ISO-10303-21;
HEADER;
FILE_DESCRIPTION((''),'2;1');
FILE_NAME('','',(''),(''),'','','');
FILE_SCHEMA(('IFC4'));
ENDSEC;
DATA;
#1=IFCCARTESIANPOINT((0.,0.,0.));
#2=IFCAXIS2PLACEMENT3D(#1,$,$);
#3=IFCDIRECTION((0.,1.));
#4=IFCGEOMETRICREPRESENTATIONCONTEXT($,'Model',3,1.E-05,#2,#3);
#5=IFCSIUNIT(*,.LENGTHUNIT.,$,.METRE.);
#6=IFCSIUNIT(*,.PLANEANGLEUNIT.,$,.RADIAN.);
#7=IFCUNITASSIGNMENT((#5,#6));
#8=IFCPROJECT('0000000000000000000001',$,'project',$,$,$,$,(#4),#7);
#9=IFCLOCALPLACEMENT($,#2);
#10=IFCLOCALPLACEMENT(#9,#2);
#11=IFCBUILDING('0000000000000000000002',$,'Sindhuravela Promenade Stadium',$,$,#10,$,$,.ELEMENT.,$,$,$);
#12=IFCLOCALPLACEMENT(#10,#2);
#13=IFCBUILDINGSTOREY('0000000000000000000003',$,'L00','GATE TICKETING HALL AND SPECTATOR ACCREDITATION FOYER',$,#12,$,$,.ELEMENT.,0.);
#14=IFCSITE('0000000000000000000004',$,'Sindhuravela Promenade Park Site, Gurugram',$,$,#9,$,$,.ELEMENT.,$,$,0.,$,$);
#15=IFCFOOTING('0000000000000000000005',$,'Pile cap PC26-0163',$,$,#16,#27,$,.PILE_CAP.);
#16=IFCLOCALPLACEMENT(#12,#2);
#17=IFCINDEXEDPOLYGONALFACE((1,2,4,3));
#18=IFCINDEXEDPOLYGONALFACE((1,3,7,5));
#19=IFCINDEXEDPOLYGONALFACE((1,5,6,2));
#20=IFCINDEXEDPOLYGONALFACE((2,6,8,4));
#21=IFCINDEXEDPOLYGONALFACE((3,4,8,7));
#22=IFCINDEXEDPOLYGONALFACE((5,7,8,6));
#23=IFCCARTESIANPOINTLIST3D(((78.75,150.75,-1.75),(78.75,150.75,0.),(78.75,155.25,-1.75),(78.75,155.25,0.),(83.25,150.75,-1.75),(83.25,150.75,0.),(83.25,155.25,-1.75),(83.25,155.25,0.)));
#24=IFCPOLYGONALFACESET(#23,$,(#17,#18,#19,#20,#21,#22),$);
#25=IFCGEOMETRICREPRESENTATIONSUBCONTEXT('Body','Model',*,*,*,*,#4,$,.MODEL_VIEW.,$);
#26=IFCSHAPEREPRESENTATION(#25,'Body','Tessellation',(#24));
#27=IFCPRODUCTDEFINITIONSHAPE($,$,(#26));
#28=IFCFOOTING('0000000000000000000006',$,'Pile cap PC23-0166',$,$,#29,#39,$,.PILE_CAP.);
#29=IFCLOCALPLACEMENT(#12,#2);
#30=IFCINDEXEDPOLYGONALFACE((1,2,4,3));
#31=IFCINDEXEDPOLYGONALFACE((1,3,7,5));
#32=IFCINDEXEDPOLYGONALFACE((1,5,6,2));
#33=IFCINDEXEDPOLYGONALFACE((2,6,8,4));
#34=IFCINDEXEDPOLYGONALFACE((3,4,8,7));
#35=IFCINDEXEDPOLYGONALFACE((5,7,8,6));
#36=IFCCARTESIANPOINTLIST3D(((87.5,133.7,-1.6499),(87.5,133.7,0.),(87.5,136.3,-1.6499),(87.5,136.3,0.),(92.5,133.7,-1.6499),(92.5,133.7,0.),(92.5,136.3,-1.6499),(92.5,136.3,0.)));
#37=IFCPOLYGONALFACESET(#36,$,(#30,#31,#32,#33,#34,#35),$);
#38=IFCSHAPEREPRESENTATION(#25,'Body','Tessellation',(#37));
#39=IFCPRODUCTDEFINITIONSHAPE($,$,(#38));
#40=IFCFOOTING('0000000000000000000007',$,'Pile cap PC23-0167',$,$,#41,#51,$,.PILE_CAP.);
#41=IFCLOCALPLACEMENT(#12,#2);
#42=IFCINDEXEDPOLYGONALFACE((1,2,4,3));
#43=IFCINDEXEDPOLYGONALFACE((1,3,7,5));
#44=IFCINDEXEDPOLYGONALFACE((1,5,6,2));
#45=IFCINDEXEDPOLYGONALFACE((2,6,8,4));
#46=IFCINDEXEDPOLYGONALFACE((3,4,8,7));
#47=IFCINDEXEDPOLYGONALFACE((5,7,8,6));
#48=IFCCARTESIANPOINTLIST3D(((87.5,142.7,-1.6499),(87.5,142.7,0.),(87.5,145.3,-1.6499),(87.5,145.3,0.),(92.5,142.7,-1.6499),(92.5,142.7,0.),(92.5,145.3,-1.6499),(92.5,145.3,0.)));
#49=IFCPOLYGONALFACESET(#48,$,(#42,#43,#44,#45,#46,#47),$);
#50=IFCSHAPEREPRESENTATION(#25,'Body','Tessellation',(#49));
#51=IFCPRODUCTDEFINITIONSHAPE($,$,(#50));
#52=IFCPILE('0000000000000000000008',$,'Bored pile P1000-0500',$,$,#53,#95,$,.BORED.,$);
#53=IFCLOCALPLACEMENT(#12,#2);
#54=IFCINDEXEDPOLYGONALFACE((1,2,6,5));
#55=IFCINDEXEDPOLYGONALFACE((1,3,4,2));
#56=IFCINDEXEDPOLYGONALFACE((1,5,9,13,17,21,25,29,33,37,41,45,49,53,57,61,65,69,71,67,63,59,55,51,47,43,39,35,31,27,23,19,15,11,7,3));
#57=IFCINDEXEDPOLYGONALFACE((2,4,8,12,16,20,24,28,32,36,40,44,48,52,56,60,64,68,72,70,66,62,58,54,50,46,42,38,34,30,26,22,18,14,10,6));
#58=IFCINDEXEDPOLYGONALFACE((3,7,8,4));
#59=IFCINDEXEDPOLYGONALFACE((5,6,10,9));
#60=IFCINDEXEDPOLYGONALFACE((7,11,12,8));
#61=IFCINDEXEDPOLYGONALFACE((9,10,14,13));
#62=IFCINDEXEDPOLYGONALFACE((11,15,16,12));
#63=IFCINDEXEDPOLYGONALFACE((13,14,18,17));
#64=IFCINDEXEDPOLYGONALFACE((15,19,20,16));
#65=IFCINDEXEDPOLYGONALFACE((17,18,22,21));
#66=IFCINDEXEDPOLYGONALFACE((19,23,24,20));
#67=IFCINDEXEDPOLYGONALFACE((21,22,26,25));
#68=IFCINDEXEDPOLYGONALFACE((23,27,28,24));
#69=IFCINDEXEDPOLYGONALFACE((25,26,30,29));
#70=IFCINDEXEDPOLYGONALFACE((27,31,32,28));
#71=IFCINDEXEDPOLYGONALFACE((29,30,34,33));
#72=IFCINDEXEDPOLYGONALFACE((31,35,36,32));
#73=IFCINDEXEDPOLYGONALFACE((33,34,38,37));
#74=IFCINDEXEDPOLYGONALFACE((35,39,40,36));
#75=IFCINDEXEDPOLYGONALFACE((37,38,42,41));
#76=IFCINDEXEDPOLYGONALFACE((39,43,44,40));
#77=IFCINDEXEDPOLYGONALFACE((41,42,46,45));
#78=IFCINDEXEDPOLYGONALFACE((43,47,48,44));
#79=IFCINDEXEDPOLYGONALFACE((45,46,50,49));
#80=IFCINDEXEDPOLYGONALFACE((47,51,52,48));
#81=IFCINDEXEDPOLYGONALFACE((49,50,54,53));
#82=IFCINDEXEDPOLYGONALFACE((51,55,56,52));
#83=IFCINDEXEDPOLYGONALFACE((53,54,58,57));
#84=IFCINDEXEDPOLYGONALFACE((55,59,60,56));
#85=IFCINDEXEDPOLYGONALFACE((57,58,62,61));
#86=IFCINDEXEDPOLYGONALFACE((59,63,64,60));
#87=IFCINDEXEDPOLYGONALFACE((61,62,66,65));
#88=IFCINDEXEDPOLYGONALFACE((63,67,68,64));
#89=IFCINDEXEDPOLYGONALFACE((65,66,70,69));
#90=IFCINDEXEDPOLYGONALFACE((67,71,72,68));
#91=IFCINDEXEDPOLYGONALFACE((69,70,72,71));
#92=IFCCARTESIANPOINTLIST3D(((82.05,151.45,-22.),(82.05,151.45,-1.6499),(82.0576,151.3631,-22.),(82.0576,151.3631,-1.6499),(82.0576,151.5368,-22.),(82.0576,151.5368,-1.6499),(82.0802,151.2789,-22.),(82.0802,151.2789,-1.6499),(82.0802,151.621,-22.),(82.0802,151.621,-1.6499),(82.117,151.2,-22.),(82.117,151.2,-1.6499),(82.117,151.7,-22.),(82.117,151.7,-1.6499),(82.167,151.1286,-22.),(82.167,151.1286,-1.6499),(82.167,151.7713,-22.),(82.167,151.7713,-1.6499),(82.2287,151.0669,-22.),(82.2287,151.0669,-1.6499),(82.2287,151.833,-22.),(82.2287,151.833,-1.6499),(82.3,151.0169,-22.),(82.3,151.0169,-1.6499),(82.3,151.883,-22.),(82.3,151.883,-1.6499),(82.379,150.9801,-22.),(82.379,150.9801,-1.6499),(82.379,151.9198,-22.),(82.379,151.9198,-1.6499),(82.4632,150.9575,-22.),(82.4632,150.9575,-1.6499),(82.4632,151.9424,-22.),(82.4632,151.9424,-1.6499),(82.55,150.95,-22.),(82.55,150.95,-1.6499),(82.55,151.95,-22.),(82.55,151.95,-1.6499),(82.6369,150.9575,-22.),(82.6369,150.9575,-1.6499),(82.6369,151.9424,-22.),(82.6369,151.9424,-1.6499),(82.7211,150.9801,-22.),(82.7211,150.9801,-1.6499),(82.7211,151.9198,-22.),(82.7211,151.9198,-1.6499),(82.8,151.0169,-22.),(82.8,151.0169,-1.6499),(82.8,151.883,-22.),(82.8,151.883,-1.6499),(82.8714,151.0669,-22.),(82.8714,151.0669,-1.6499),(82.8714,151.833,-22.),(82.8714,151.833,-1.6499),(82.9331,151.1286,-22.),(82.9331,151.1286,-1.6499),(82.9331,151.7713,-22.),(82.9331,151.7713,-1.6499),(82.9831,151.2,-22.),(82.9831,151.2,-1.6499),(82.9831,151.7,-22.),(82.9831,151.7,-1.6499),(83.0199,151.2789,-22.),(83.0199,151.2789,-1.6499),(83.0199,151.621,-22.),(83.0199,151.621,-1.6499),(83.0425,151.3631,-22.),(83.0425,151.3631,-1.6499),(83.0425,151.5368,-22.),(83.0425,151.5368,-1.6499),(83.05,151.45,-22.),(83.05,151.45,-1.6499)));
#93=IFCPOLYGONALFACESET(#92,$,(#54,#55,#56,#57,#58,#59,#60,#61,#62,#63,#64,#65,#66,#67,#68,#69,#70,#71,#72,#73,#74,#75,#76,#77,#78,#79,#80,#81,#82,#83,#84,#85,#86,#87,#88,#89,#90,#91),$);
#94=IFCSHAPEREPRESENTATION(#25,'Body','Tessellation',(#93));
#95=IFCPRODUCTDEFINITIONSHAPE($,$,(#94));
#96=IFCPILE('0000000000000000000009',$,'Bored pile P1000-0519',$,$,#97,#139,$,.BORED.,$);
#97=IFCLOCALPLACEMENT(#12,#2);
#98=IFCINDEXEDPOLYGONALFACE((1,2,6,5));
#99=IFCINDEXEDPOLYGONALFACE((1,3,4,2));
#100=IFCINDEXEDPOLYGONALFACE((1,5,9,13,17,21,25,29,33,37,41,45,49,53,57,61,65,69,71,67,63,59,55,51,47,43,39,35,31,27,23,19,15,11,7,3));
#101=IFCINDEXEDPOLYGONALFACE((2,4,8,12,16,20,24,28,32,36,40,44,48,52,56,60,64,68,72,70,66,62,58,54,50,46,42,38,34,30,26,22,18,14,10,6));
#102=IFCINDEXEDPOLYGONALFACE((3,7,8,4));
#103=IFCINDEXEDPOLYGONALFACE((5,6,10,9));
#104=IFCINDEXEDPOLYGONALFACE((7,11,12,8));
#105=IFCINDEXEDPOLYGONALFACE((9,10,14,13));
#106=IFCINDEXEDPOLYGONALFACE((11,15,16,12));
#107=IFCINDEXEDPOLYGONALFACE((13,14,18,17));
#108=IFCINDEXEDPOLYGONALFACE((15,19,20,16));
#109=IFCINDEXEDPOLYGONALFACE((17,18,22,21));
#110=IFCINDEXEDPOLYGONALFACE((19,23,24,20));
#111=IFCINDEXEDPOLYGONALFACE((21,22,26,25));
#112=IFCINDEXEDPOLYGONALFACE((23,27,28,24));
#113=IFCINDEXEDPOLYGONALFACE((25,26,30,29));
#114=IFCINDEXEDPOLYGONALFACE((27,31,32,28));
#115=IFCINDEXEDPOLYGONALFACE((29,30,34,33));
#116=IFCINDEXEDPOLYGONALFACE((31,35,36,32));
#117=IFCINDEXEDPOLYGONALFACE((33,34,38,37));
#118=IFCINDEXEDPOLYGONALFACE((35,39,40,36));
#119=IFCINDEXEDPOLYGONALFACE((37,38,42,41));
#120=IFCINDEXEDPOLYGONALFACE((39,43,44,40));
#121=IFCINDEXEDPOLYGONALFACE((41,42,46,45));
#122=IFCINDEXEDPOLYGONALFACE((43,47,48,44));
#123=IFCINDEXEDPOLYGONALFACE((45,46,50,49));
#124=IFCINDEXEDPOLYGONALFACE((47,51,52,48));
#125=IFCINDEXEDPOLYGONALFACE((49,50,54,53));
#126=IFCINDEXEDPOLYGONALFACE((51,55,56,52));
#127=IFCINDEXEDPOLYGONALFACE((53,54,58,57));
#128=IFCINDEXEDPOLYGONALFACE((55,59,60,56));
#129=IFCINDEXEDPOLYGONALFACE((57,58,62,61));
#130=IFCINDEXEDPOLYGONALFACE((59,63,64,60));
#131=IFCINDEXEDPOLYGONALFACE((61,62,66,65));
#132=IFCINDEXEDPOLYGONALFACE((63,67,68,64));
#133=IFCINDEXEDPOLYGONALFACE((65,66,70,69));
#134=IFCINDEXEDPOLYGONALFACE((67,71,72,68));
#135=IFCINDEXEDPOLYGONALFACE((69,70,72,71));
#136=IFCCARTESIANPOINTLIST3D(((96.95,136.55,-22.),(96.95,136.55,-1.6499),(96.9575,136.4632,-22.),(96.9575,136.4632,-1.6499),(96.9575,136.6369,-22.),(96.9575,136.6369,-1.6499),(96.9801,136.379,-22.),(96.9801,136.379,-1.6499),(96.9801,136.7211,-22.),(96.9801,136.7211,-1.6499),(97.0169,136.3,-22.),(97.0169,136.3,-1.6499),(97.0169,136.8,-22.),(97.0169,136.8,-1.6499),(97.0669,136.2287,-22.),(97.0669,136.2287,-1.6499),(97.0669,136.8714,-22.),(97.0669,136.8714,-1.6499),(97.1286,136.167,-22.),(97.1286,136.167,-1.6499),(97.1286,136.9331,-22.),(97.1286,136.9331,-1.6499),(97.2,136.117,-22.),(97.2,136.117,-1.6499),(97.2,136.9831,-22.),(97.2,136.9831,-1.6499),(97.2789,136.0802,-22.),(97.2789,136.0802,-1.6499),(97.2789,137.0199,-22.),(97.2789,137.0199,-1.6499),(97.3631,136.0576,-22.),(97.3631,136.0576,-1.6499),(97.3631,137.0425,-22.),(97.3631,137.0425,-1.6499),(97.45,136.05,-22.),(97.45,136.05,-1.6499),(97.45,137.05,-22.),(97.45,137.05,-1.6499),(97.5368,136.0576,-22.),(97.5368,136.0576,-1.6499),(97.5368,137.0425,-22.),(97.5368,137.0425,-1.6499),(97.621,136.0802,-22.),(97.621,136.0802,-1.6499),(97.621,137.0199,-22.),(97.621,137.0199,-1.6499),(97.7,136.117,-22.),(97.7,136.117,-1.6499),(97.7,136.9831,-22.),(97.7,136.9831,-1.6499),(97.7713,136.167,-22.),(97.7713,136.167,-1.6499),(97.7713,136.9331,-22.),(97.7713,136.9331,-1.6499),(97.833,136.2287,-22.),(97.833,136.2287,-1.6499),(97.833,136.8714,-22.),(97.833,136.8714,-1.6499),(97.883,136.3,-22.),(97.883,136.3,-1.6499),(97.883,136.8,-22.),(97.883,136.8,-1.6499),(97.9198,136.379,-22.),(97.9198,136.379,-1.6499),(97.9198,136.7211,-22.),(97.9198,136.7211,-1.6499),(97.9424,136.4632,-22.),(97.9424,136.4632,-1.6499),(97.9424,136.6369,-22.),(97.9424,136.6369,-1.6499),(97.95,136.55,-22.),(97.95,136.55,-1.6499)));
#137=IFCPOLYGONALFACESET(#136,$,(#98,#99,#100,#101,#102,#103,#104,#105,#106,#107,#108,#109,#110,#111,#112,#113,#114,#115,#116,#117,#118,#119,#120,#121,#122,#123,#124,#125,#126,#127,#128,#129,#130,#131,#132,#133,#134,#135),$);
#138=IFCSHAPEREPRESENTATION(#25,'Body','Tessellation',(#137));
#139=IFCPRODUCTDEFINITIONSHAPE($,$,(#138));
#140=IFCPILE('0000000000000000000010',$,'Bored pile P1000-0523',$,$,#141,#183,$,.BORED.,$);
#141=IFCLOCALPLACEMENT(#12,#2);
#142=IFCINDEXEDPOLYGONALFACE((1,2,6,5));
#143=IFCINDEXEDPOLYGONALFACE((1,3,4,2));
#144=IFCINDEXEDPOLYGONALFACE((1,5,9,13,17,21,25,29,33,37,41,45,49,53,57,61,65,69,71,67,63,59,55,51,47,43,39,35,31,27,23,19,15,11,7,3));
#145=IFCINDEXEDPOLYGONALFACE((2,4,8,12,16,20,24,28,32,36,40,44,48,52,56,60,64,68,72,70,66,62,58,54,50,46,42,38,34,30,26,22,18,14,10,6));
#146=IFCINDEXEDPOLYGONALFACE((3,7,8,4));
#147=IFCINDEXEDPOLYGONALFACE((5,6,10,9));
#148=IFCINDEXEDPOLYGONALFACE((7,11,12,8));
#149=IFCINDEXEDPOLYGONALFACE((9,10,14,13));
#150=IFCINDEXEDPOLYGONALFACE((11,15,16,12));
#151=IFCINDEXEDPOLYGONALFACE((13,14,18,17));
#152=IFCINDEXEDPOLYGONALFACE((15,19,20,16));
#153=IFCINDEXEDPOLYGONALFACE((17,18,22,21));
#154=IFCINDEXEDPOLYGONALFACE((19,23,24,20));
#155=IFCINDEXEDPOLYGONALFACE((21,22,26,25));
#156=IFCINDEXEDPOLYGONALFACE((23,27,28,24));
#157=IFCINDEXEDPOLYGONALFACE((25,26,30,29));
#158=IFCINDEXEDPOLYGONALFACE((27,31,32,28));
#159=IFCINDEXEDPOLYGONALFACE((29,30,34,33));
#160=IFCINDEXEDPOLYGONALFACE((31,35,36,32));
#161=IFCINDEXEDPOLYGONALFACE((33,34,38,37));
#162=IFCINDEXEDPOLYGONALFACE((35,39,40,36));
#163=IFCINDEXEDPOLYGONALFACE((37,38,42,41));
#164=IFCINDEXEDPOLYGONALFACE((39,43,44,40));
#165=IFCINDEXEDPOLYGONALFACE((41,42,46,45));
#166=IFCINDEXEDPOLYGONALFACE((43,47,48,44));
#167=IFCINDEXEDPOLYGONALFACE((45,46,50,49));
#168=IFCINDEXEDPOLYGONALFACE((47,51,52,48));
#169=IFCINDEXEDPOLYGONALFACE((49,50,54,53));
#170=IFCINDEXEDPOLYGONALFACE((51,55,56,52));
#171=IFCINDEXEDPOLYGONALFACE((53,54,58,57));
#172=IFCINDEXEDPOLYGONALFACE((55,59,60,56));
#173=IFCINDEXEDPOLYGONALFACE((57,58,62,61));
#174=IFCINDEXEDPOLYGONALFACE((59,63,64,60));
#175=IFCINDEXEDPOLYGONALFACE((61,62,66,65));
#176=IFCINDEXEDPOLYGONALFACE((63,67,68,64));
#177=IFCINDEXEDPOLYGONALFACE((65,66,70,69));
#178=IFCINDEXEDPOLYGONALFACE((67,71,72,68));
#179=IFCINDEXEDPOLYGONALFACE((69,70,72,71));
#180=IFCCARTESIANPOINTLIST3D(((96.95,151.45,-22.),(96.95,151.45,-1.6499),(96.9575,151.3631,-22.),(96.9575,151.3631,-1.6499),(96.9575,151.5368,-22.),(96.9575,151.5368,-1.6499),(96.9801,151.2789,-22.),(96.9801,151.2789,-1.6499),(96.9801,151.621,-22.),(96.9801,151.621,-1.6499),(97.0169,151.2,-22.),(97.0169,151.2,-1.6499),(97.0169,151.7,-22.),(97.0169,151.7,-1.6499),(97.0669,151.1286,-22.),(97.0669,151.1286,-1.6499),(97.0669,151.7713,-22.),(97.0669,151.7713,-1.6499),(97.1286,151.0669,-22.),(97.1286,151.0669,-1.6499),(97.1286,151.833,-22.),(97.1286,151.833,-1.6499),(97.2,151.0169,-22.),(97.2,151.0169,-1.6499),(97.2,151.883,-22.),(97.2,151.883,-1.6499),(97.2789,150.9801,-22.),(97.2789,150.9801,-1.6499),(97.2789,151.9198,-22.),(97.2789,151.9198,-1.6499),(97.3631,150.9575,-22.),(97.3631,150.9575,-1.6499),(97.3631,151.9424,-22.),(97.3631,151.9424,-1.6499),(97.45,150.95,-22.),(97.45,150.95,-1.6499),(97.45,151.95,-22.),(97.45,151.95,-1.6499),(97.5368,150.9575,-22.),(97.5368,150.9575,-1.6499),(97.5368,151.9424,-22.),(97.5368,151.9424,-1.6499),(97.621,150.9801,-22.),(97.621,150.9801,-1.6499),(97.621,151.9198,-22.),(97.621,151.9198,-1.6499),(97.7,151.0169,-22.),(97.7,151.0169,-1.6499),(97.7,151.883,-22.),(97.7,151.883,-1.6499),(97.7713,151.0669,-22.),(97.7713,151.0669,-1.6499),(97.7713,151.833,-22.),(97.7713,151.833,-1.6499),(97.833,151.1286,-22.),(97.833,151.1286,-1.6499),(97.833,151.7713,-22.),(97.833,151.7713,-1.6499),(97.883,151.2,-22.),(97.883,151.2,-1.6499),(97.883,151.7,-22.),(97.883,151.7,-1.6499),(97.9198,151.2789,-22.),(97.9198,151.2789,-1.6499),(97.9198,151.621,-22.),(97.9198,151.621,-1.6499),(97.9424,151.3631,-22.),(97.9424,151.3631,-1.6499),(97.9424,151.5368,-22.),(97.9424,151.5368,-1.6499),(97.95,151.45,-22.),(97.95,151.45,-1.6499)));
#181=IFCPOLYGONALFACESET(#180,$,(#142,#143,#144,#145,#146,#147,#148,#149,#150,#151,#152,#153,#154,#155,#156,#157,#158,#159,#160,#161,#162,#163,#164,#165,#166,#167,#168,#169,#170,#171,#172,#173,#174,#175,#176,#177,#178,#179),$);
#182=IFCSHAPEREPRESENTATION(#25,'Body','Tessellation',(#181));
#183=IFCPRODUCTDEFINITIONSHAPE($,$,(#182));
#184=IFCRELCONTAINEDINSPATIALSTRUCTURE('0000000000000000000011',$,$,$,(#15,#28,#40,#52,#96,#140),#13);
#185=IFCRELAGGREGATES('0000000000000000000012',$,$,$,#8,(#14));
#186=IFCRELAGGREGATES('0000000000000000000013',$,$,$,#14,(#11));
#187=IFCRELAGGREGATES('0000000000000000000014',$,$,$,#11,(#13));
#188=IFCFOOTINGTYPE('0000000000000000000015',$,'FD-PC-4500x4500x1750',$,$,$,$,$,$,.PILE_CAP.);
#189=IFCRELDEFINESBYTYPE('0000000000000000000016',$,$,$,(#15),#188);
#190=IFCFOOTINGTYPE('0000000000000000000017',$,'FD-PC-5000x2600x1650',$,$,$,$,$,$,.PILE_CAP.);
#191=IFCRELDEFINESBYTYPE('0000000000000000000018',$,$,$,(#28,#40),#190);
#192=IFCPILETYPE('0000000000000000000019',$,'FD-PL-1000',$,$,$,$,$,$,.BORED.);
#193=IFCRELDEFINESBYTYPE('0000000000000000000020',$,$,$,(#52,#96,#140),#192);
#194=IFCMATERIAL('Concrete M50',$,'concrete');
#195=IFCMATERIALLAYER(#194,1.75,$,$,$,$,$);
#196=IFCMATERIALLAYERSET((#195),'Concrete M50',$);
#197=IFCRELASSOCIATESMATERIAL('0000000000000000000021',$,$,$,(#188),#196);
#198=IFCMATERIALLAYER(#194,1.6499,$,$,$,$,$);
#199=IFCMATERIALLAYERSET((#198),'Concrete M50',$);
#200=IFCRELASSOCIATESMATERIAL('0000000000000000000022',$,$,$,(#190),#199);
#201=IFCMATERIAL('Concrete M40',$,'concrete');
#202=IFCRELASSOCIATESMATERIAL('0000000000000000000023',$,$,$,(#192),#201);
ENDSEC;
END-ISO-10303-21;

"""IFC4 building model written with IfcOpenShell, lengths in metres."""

from ifc_helpers import new_model, si_unit, direction, frame, origin, origin_2d, place, context, subcontext, project, spatial, rectangle, circle, extrude, material, layer, layer_set, material_profile, profile_set, type_object, element, save


model = new_model("IFC4")

# Units and contexts
model_context = context("Model", 3, precision=1e-05, world=origin(), true_north=direction((0.0, 1.0)))
body_context = subcontext(model_context, "Body", "Model", "MODEL_VIEW")
ifc_project = project(units=[si_unit("LENGTHUNIT", "METRE"), si_unit("PLANEANGLEUNIT", "RADIAN")], contexts=[model_context])

# Site, building, storey
site_placement = place(None, origin())
site = spatial("IfcSite", under=ifc_project, at=site_placement, Name="Sindhuravela Promenade Park Site, Gurugram", CompositionType="ELEMENT", RefElevation=0.0)
building_placement = place(site_placement, origin())
building = spatial("IfcBuilding", under=site, at=building_placement, Name="Sindhuravela Promenade Stadium", CompositionType="ELEMENT")
storey_placement = place(building_placement, origin())
storey = spatial("IfcBuildingStorey", under=building, at=storey_placement, Name="L00", Description="GATE TICKETING HALL AND SPECTATOR ACCREDITATION FOYER", CompositionType="ELEMENT", Elevation=0.0)

# Footings
ifc_material_1 = material(Name="Concrete M50", Category="concrete")
ifc_layer_1 = layer(ifc_material_1, 1.75)
ifc_layer_set_1 = layer_set([ifc_layer_1], Name="Concrete M50")
footing_type_1 = type_object("IfcFootingType", Name="FD-PC-4500x4500x1750", PredefinedType="PILE_CAP", material=ifc_layer_set_1)
footing_placement = place(storey_placement, frame((81.0, 153.0, -1.75), z_axis=(0.0, 0.0, 1.0), x_axis=(1.0, 0.0, 0.0)))
element("IfcFooting", 1, at=footing_placement, inside=storey, type_object=footing_type_1, Name="Pile cap PC26-0163", PredefinedType="PILE_CAP", context=body_context, shape_type="SweptSolid", body=[
    extrude(rectangle(XDim=4.5, YDim=4.5, at=origin_2d()), origin(), (0.0, 0.0, 1.0), 1.75),
])
ifc_layer_2 = layer(ifc_material_1, 1.6499)
ifc_layer_set_2 = layer_set([ifc_layer_2], Name="Concrete M50")
footing_type_2 = type_object("IfcFootingType", Name="FD-PC-5000x2600x1650", PredefinedType="PILE_CAP", material=ifc_layer_set_2)
for number, where, z_axis, x_axis, name in (
    (2, (90.0, 135.0, -1.6499), (0.0, 0.0, 1.0), (1.0, 0.0, 0.0), "Pile cap PC23-0166"),
    (3, (90.0, 144.0, -1.6499), (0.0, 0.0, 1.0), (1.0, 0.0, 0.0), "Pile cap PC23-0167"),
):
    element("IfcFooting", number, at=place(storey_placement, frame(where, z_axis=z_axis, x_axis=x_axis)), inside=storey, type_object=footing_type_2, Name=name, PredefinedType="PILE_CAP", context=body_context, shape_type="SweptSolid", body=[
        extrude(rectangle(XDim=5.0, YDim=2.6001, at=origin_2d()), origin(), (0.0, 0.0, 1.0), 1.6499),
    ])

# Piles
ifc_material_2 = material(Name="Concrete M40", Category="concrete")
ifc_material_profile_1 = material_profile(ifc_material_2, circle(Radius=0.5, at=origin_2d()), Name="BORED PILE D1000")
ifc_profile_set_1 = profile_set([ifc_material_profile_1], Name="Concrete M40")
pile_type_1 = type_object("IfcPileType", Name="FD-PL-1000", PredefinedType="BORED", material=ifc_profile_set_1)
for number, where, z_axis, x_axis, name in (
    (4, (82.55, 151.45, -1.6499), (0.0, 0.0, -1.0), (1.0, 0.0, 0.0), "Bored pile P1000-0500"),
    (5, (97.45, 136.55, -1.6499), (0.0, 0.0, -1.0), (1.0, 0.0, 0.0), "Bored pile P1000-0519"),
    (6, (97.45, 151.45, -1.6499), (0.0, 0.0, -1.0), (1.0, 0.0, 0.0), "Bored pile P1000-0523"),
):
    element("IfcPile", number, at=place(storey_placement, frame(where, z_axis=z_axis, x_axis=x_axis)), inside=storey, type_object=pile_type_1, Name=name, PredefinedType="BORED", context=body_context, shape_type="SweptSolid", body=[
        extrude(circle(Radius=0.5, at=origin_2d()), origin(), (0.0, 0.0, 1.0), 20.3501),
    ])

save(model, "model.ifc")
